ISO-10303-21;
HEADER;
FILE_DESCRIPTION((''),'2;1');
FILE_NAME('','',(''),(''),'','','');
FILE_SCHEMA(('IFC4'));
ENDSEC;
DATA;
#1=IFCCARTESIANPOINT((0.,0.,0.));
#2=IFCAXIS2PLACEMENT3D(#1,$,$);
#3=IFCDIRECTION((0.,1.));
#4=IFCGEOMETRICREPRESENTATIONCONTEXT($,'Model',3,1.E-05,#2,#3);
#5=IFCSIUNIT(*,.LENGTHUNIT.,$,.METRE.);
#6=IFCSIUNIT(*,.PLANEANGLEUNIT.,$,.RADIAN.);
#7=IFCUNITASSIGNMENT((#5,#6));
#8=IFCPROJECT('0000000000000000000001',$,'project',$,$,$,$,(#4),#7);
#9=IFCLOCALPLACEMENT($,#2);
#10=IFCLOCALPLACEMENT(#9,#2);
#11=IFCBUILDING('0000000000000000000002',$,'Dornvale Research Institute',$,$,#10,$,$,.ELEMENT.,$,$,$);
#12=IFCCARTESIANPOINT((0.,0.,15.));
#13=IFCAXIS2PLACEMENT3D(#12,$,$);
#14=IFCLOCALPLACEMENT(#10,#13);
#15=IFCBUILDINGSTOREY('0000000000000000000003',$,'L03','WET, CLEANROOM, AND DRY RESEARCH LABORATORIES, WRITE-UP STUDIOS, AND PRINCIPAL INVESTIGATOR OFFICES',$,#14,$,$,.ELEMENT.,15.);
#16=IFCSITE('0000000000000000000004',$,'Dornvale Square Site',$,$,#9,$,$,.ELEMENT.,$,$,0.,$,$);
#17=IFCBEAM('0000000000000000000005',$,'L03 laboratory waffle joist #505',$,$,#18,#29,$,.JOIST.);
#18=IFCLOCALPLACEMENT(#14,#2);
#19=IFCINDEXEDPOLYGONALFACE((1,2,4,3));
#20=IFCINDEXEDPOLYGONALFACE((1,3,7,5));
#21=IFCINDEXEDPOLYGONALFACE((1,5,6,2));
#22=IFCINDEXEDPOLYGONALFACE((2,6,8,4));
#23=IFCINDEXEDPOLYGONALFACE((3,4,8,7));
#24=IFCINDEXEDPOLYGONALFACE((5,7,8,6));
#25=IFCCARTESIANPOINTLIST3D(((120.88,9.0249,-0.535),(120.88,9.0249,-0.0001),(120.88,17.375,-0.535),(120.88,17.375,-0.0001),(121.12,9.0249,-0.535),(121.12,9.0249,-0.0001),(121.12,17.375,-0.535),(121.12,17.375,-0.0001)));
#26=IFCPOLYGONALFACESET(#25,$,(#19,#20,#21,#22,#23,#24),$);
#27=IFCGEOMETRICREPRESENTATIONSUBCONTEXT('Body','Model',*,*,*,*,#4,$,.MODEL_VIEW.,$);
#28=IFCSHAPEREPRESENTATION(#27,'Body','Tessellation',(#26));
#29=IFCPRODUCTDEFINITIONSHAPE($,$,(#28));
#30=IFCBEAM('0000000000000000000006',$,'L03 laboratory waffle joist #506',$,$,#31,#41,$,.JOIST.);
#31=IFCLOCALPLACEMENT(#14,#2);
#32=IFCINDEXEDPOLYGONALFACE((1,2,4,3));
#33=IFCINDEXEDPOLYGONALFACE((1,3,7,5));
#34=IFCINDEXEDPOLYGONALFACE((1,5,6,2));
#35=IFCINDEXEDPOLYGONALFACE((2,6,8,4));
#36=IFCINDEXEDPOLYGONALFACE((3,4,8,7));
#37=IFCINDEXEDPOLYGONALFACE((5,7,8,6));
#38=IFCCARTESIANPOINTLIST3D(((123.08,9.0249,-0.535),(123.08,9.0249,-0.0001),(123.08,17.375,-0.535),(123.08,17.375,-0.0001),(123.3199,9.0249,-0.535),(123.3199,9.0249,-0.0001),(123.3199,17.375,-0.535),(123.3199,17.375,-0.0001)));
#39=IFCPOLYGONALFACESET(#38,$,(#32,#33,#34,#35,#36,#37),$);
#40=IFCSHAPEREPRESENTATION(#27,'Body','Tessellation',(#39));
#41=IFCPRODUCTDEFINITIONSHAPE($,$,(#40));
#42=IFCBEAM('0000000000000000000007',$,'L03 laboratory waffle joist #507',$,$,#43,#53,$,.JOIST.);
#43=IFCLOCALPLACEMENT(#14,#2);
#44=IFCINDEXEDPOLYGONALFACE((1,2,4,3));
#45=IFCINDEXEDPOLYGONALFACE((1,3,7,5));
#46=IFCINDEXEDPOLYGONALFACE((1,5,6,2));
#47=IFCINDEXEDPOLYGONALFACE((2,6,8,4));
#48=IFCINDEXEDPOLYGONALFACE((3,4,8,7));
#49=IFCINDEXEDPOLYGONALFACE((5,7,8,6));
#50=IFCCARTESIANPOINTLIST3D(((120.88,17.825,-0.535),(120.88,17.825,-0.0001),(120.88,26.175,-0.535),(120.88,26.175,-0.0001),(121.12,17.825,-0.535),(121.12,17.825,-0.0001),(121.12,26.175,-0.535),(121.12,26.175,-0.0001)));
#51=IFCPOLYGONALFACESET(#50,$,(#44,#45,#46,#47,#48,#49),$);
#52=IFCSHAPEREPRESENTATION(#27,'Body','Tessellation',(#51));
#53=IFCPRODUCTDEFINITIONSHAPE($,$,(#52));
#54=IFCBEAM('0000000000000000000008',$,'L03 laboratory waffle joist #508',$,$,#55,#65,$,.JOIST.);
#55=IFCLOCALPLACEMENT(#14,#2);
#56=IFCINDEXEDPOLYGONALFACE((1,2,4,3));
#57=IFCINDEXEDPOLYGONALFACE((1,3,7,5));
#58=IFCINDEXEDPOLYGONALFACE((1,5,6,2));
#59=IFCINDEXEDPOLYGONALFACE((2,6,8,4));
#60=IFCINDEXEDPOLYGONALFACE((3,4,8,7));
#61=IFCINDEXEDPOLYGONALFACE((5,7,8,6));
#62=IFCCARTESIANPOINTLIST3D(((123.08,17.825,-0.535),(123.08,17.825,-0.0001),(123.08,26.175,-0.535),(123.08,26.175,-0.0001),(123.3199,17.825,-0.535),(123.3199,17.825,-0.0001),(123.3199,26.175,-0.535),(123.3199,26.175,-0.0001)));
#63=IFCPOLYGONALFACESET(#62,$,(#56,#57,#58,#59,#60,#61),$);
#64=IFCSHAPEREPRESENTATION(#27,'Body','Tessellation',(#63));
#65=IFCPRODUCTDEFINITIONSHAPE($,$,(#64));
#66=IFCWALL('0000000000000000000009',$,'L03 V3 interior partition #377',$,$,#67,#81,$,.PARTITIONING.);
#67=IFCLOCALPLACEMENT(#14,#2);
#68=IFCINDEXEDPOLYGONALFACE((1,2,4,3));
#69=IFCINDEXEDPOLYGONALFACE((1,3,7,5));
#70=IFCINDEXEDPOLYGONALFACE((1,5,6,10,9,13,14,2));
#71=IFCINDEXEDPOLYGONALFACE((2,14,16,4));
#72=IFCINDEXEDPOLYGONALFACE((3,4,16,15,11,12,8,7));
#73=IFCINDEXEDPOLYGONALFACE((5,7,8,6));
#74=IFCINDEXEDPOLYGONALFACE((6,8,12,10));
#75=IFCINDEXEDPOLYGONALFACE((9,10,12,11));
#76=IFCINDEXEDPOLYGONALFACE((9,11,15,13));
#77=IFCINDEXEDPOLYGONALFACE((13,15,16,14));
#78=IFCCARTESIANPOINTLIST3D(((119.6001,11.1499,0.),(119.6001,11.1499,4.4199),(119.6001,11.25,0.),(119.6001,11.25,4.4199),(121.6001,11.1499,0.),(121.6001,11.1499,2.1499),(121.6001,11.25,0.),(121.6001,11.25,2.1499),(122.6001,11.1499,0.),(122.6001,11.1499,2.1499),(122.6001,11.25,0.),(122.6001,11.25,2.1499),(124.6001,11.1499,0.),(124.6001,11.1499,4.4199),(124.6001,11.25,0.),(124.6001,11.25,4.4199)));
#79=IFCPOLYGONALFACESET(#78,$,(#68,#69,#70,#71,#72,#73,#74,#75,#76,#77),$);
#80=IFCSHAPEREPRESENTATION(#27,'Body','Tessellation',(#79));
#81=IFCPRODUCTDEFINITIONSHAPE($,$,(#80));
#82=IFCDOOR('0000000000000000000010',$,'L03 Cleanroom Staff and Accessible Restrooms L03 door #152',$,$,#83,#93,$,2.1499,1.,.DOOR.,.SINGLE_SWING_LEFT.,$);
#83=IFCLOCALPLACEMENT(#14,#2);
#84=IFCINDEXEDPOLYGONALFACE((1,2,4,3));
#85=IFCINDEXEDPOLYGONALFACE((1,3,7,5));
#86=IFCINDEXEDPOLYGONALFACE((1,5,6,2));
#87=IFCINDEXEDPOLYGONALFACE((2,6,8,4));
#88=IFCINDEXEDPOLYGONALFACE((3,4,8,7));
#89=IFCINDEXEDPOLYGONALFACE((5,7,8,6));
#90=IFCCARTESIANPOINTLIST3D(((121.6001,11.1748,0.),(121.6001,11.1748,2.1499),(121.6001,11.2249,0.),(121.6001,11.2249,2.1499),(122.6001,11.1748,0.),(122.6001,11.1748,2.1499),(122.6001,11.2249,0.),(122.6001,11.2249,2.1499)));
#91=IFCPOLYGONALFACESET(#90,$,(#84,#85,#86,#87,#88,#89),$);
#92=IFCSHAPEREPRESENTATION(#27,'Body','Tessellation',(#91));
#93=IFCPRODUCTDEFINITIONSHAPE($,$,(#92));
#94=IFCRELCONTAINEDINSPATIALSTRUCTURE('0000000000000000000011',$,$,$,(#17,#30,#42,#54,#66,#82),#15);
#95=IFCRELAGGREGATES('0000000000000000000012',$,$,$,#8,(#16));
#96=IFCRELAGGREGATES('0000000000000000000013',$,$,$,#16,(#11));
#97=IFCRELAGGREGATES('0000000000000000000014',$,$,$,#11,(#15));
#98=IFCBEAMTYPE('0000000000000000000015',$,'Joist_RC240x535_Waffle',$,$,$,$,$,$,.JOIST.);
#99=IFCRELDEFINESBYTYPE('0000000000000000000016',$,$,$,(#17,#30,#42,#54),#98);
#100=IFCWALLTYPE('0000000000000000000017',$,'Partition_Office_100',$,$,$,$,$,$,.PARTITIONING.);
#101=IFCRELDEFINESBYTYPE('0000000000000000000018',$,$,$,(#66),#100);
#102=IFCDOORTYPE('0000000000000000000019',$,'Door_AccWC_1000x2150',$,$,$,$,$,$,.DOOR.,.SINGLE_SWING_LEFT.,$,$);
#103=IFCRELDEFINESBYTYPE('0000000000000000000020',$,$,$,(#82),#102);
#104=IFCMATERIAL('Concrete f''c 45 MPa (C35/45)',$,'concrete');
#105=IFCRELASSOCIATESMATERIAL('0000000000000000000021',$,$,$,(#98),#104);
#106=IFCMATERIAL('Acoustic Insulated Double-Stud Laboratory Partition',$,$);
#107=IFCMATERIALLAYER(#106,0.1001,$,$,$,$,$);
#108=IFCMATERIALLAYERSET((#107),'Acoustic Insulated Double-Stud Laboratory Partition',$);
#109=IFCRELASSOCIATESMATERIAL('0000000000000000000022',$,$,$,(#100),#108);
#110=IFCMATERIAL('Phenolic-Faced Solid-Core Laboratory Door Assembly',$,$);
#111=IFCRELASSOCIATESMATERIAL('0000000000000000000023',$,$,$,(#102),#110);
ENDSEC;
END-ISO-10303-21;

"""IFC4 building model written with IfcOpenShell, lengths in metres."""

from ifc_helpers import new_model, si_unit, direction, frame, frame_2d, origin, origin_2d, place, context, subcontext, project, spatial, rectangle, extrude, material, layer, layer_set, material_profile, profile_set, type_object, element, fill, save


model = new_model("IFC4")

# Units and contexts
model_context = context("Model", 3, precision=1e-05, world=origin(), true_north=direction((0.0, 1.0)))
body_context = subcontext(model_context, "Body", "Model", "MODEL_VIEW")
ifc_project = project(units=[si_unit("LENGTHUNIT", "METRE"), si_unit("PLANEANGLEUNIT", "RADIAN")], contexts=[model_context])

# Site, building, storey
site_placement = place(None, origin())
site = spatial("IfcSite", under=ifc_project, at=site_placement, Name="Dornvale Square Site", CompositionType="ELEMENT", RefElevation=0.0)
building_placement = place(site_placement, origin())
building = spatial("IfcBuilding", under=site, at=building_placement, Name="Dornvale Research Institute", CompositionType="ELEMENT")
storey_placement = place(building_placement, frame((0.0, 0.0, 15.0)))
storey = spatial("IfcBuildingStorey", under=building, at=storey_placement, Name="L03", Description="WET, CLEANROOM, AND DRY RESEARCH LABORATORIES, WRITE-UP STUDIOS, AND PRINCIPAL INVESTIGATOR OFFICES", CompositionType="ELEMENT", Elevation=15.0)

# Beams
ifc_material_1 = material(Name="Concrete f'c 45 MPa (C35/45)", Category="concrete")
ifc_material_profile_1 = material_profile(ifc_material_1, rectangle(XDim=0.24, YDim=0.5349, at=origin_2d()), Name="RC 240x535")
ifc_profile_set_1 = profile_set([ifc_material_profile_1], Name="Concrete f'c 45 MPa (C35/45)")
beam_type_1 = type_object("IfcBeamType", Name="Joist_RC240x535_Waffle", PredefinedType="JOIST", material=ifc_profile_set_1)
for number, where, z_axis, x_axis, name in (
    (1, (121.0, 9.0249, -0.2676), (0.0, 1.0, 0.0), (-1.0, 0.0, 0.0), "L03 laboratory waffle joist #505"),
    (2, (123.2, 9.0249, -0.2676), (0.0, 1.0, 0.0), (-1.0, 0.0, 0.0), "L03 laboratory waffle joist #506"),
    (3, (121.0, 17.825, -0.2676), (0.0, 1.0, 0.0), (-1.0, 0.0, 0.0), "L03 laboratory waffle joist #507"),
    (4, (123.2, 17.825, -0.2676), (0.0, 1.0, 0.0), (-1.0, 0.0, 0.0), "L03 laboratory waffle joist #508"),
):
    element("IfcBeam", number, at=place(storey_placement, frame(where, z_axis=z_axis, x_axis=x_axis)), inside=storey, type_object=beam_type_1, Name=name, PredefinedType="JOIST", context=body_context, shape_type="SweptSolid", body=[
        extrude(rectangle(XDim=0.24, YDim=0.5349, at=origin_2d()), origin(), (0.0, 0.0, 1.0), 8.3501),
    ])

# Wall, opening, door
ifc_material_2 = material(Name="Acoustic Insulated Double-Stud Laboratory Partition")
ifc_layer = layer(ifc_material_2, 0.1001)
ifc_layer_set = layer_set([ifc_layer], Name="Acoustic Insulated Double-Stud Laboratory Partition")
wall_type = type_object("IfcWallType", Name="Partition_Office_100", PredefinedType="PARTITIONING", material=ifc_layer_set)
wall_placement = place(storey_placement, frame((119.6001, 11.2, 0.0), z_axis=(0.0, 0.0, 1.0), x_axis=(1.0, 0.0, 0.0)))
wall = element("IfcWall", 5, at=wall_placement, inside=storey, type_object=wall_type, Name="L03 V3 interior partition #377", PredefinedType="PARTITIONING", context=body_context, shape_type="SweptSolid", body=[
    extrude(rectangle(XDim=5.0, YDim=0.1001, at=frame_2d((2.5, 0.0))), origin(), (0.0, 0.0, 1.0), 4.4199),
])
opening_placement = place(wall_placement, frame((2.0, 0.0, 0.0)))
opening = element("IfcOpeningElement", 6, at=opening_placement, cuts=wall, PredefinedType="OPENING", context=body_context, shape_type="SweptSolid", body=[
    extrude(rectangle(XDim=1.0, YDim=2.1499, at=frame_2d((0.5, 1.075))), frame((0.0, 0.0649, 0.0), z_axis=(0.0, -1.0, 0.0), x_axis=(1.0, 0.0, 0.0)), (0.0, 0.0, 1.0), 0.1301),
])
ifc_material_3 = material(Name="Phenolic-Faced Solid-Core Laboratory Door Assembly")
door_type = type_object("IfcDoorType", Name="Door_AccWC_1000x2150", OperationType="SINGLE_SWING_LEFT", PredefinedType="DOOR", material=ifc_material_3)
door_placement = place(opening_placement, origin())
door = element("IfcDoor", 7, at=door_placement, inside=storey, type_object=door_type, Name="L03 Cleanroom Staff and Accessible Restrooms L03 door #152", OperationType="SINGLE_SWING_LEFT", OverallHeight=2.1499, OverallWidth=1.0, PredefinedType="DOOR", context=body_context, shape_type="SweptSolid", body=[
    extrude(rectangle(XDim=1.0, YDim=2.1499, at=frame_2d((0.5, 1.075))), frame((0.0, 0.0249, 0.0), z_axis=(0.0, -1.0, 0.0), x_axis=(1.0, 0.0, 0.0)), (0.0, 0.0, 1.0), 0.05),
])
fill(opening, door)

save(model, "model.ifc")
